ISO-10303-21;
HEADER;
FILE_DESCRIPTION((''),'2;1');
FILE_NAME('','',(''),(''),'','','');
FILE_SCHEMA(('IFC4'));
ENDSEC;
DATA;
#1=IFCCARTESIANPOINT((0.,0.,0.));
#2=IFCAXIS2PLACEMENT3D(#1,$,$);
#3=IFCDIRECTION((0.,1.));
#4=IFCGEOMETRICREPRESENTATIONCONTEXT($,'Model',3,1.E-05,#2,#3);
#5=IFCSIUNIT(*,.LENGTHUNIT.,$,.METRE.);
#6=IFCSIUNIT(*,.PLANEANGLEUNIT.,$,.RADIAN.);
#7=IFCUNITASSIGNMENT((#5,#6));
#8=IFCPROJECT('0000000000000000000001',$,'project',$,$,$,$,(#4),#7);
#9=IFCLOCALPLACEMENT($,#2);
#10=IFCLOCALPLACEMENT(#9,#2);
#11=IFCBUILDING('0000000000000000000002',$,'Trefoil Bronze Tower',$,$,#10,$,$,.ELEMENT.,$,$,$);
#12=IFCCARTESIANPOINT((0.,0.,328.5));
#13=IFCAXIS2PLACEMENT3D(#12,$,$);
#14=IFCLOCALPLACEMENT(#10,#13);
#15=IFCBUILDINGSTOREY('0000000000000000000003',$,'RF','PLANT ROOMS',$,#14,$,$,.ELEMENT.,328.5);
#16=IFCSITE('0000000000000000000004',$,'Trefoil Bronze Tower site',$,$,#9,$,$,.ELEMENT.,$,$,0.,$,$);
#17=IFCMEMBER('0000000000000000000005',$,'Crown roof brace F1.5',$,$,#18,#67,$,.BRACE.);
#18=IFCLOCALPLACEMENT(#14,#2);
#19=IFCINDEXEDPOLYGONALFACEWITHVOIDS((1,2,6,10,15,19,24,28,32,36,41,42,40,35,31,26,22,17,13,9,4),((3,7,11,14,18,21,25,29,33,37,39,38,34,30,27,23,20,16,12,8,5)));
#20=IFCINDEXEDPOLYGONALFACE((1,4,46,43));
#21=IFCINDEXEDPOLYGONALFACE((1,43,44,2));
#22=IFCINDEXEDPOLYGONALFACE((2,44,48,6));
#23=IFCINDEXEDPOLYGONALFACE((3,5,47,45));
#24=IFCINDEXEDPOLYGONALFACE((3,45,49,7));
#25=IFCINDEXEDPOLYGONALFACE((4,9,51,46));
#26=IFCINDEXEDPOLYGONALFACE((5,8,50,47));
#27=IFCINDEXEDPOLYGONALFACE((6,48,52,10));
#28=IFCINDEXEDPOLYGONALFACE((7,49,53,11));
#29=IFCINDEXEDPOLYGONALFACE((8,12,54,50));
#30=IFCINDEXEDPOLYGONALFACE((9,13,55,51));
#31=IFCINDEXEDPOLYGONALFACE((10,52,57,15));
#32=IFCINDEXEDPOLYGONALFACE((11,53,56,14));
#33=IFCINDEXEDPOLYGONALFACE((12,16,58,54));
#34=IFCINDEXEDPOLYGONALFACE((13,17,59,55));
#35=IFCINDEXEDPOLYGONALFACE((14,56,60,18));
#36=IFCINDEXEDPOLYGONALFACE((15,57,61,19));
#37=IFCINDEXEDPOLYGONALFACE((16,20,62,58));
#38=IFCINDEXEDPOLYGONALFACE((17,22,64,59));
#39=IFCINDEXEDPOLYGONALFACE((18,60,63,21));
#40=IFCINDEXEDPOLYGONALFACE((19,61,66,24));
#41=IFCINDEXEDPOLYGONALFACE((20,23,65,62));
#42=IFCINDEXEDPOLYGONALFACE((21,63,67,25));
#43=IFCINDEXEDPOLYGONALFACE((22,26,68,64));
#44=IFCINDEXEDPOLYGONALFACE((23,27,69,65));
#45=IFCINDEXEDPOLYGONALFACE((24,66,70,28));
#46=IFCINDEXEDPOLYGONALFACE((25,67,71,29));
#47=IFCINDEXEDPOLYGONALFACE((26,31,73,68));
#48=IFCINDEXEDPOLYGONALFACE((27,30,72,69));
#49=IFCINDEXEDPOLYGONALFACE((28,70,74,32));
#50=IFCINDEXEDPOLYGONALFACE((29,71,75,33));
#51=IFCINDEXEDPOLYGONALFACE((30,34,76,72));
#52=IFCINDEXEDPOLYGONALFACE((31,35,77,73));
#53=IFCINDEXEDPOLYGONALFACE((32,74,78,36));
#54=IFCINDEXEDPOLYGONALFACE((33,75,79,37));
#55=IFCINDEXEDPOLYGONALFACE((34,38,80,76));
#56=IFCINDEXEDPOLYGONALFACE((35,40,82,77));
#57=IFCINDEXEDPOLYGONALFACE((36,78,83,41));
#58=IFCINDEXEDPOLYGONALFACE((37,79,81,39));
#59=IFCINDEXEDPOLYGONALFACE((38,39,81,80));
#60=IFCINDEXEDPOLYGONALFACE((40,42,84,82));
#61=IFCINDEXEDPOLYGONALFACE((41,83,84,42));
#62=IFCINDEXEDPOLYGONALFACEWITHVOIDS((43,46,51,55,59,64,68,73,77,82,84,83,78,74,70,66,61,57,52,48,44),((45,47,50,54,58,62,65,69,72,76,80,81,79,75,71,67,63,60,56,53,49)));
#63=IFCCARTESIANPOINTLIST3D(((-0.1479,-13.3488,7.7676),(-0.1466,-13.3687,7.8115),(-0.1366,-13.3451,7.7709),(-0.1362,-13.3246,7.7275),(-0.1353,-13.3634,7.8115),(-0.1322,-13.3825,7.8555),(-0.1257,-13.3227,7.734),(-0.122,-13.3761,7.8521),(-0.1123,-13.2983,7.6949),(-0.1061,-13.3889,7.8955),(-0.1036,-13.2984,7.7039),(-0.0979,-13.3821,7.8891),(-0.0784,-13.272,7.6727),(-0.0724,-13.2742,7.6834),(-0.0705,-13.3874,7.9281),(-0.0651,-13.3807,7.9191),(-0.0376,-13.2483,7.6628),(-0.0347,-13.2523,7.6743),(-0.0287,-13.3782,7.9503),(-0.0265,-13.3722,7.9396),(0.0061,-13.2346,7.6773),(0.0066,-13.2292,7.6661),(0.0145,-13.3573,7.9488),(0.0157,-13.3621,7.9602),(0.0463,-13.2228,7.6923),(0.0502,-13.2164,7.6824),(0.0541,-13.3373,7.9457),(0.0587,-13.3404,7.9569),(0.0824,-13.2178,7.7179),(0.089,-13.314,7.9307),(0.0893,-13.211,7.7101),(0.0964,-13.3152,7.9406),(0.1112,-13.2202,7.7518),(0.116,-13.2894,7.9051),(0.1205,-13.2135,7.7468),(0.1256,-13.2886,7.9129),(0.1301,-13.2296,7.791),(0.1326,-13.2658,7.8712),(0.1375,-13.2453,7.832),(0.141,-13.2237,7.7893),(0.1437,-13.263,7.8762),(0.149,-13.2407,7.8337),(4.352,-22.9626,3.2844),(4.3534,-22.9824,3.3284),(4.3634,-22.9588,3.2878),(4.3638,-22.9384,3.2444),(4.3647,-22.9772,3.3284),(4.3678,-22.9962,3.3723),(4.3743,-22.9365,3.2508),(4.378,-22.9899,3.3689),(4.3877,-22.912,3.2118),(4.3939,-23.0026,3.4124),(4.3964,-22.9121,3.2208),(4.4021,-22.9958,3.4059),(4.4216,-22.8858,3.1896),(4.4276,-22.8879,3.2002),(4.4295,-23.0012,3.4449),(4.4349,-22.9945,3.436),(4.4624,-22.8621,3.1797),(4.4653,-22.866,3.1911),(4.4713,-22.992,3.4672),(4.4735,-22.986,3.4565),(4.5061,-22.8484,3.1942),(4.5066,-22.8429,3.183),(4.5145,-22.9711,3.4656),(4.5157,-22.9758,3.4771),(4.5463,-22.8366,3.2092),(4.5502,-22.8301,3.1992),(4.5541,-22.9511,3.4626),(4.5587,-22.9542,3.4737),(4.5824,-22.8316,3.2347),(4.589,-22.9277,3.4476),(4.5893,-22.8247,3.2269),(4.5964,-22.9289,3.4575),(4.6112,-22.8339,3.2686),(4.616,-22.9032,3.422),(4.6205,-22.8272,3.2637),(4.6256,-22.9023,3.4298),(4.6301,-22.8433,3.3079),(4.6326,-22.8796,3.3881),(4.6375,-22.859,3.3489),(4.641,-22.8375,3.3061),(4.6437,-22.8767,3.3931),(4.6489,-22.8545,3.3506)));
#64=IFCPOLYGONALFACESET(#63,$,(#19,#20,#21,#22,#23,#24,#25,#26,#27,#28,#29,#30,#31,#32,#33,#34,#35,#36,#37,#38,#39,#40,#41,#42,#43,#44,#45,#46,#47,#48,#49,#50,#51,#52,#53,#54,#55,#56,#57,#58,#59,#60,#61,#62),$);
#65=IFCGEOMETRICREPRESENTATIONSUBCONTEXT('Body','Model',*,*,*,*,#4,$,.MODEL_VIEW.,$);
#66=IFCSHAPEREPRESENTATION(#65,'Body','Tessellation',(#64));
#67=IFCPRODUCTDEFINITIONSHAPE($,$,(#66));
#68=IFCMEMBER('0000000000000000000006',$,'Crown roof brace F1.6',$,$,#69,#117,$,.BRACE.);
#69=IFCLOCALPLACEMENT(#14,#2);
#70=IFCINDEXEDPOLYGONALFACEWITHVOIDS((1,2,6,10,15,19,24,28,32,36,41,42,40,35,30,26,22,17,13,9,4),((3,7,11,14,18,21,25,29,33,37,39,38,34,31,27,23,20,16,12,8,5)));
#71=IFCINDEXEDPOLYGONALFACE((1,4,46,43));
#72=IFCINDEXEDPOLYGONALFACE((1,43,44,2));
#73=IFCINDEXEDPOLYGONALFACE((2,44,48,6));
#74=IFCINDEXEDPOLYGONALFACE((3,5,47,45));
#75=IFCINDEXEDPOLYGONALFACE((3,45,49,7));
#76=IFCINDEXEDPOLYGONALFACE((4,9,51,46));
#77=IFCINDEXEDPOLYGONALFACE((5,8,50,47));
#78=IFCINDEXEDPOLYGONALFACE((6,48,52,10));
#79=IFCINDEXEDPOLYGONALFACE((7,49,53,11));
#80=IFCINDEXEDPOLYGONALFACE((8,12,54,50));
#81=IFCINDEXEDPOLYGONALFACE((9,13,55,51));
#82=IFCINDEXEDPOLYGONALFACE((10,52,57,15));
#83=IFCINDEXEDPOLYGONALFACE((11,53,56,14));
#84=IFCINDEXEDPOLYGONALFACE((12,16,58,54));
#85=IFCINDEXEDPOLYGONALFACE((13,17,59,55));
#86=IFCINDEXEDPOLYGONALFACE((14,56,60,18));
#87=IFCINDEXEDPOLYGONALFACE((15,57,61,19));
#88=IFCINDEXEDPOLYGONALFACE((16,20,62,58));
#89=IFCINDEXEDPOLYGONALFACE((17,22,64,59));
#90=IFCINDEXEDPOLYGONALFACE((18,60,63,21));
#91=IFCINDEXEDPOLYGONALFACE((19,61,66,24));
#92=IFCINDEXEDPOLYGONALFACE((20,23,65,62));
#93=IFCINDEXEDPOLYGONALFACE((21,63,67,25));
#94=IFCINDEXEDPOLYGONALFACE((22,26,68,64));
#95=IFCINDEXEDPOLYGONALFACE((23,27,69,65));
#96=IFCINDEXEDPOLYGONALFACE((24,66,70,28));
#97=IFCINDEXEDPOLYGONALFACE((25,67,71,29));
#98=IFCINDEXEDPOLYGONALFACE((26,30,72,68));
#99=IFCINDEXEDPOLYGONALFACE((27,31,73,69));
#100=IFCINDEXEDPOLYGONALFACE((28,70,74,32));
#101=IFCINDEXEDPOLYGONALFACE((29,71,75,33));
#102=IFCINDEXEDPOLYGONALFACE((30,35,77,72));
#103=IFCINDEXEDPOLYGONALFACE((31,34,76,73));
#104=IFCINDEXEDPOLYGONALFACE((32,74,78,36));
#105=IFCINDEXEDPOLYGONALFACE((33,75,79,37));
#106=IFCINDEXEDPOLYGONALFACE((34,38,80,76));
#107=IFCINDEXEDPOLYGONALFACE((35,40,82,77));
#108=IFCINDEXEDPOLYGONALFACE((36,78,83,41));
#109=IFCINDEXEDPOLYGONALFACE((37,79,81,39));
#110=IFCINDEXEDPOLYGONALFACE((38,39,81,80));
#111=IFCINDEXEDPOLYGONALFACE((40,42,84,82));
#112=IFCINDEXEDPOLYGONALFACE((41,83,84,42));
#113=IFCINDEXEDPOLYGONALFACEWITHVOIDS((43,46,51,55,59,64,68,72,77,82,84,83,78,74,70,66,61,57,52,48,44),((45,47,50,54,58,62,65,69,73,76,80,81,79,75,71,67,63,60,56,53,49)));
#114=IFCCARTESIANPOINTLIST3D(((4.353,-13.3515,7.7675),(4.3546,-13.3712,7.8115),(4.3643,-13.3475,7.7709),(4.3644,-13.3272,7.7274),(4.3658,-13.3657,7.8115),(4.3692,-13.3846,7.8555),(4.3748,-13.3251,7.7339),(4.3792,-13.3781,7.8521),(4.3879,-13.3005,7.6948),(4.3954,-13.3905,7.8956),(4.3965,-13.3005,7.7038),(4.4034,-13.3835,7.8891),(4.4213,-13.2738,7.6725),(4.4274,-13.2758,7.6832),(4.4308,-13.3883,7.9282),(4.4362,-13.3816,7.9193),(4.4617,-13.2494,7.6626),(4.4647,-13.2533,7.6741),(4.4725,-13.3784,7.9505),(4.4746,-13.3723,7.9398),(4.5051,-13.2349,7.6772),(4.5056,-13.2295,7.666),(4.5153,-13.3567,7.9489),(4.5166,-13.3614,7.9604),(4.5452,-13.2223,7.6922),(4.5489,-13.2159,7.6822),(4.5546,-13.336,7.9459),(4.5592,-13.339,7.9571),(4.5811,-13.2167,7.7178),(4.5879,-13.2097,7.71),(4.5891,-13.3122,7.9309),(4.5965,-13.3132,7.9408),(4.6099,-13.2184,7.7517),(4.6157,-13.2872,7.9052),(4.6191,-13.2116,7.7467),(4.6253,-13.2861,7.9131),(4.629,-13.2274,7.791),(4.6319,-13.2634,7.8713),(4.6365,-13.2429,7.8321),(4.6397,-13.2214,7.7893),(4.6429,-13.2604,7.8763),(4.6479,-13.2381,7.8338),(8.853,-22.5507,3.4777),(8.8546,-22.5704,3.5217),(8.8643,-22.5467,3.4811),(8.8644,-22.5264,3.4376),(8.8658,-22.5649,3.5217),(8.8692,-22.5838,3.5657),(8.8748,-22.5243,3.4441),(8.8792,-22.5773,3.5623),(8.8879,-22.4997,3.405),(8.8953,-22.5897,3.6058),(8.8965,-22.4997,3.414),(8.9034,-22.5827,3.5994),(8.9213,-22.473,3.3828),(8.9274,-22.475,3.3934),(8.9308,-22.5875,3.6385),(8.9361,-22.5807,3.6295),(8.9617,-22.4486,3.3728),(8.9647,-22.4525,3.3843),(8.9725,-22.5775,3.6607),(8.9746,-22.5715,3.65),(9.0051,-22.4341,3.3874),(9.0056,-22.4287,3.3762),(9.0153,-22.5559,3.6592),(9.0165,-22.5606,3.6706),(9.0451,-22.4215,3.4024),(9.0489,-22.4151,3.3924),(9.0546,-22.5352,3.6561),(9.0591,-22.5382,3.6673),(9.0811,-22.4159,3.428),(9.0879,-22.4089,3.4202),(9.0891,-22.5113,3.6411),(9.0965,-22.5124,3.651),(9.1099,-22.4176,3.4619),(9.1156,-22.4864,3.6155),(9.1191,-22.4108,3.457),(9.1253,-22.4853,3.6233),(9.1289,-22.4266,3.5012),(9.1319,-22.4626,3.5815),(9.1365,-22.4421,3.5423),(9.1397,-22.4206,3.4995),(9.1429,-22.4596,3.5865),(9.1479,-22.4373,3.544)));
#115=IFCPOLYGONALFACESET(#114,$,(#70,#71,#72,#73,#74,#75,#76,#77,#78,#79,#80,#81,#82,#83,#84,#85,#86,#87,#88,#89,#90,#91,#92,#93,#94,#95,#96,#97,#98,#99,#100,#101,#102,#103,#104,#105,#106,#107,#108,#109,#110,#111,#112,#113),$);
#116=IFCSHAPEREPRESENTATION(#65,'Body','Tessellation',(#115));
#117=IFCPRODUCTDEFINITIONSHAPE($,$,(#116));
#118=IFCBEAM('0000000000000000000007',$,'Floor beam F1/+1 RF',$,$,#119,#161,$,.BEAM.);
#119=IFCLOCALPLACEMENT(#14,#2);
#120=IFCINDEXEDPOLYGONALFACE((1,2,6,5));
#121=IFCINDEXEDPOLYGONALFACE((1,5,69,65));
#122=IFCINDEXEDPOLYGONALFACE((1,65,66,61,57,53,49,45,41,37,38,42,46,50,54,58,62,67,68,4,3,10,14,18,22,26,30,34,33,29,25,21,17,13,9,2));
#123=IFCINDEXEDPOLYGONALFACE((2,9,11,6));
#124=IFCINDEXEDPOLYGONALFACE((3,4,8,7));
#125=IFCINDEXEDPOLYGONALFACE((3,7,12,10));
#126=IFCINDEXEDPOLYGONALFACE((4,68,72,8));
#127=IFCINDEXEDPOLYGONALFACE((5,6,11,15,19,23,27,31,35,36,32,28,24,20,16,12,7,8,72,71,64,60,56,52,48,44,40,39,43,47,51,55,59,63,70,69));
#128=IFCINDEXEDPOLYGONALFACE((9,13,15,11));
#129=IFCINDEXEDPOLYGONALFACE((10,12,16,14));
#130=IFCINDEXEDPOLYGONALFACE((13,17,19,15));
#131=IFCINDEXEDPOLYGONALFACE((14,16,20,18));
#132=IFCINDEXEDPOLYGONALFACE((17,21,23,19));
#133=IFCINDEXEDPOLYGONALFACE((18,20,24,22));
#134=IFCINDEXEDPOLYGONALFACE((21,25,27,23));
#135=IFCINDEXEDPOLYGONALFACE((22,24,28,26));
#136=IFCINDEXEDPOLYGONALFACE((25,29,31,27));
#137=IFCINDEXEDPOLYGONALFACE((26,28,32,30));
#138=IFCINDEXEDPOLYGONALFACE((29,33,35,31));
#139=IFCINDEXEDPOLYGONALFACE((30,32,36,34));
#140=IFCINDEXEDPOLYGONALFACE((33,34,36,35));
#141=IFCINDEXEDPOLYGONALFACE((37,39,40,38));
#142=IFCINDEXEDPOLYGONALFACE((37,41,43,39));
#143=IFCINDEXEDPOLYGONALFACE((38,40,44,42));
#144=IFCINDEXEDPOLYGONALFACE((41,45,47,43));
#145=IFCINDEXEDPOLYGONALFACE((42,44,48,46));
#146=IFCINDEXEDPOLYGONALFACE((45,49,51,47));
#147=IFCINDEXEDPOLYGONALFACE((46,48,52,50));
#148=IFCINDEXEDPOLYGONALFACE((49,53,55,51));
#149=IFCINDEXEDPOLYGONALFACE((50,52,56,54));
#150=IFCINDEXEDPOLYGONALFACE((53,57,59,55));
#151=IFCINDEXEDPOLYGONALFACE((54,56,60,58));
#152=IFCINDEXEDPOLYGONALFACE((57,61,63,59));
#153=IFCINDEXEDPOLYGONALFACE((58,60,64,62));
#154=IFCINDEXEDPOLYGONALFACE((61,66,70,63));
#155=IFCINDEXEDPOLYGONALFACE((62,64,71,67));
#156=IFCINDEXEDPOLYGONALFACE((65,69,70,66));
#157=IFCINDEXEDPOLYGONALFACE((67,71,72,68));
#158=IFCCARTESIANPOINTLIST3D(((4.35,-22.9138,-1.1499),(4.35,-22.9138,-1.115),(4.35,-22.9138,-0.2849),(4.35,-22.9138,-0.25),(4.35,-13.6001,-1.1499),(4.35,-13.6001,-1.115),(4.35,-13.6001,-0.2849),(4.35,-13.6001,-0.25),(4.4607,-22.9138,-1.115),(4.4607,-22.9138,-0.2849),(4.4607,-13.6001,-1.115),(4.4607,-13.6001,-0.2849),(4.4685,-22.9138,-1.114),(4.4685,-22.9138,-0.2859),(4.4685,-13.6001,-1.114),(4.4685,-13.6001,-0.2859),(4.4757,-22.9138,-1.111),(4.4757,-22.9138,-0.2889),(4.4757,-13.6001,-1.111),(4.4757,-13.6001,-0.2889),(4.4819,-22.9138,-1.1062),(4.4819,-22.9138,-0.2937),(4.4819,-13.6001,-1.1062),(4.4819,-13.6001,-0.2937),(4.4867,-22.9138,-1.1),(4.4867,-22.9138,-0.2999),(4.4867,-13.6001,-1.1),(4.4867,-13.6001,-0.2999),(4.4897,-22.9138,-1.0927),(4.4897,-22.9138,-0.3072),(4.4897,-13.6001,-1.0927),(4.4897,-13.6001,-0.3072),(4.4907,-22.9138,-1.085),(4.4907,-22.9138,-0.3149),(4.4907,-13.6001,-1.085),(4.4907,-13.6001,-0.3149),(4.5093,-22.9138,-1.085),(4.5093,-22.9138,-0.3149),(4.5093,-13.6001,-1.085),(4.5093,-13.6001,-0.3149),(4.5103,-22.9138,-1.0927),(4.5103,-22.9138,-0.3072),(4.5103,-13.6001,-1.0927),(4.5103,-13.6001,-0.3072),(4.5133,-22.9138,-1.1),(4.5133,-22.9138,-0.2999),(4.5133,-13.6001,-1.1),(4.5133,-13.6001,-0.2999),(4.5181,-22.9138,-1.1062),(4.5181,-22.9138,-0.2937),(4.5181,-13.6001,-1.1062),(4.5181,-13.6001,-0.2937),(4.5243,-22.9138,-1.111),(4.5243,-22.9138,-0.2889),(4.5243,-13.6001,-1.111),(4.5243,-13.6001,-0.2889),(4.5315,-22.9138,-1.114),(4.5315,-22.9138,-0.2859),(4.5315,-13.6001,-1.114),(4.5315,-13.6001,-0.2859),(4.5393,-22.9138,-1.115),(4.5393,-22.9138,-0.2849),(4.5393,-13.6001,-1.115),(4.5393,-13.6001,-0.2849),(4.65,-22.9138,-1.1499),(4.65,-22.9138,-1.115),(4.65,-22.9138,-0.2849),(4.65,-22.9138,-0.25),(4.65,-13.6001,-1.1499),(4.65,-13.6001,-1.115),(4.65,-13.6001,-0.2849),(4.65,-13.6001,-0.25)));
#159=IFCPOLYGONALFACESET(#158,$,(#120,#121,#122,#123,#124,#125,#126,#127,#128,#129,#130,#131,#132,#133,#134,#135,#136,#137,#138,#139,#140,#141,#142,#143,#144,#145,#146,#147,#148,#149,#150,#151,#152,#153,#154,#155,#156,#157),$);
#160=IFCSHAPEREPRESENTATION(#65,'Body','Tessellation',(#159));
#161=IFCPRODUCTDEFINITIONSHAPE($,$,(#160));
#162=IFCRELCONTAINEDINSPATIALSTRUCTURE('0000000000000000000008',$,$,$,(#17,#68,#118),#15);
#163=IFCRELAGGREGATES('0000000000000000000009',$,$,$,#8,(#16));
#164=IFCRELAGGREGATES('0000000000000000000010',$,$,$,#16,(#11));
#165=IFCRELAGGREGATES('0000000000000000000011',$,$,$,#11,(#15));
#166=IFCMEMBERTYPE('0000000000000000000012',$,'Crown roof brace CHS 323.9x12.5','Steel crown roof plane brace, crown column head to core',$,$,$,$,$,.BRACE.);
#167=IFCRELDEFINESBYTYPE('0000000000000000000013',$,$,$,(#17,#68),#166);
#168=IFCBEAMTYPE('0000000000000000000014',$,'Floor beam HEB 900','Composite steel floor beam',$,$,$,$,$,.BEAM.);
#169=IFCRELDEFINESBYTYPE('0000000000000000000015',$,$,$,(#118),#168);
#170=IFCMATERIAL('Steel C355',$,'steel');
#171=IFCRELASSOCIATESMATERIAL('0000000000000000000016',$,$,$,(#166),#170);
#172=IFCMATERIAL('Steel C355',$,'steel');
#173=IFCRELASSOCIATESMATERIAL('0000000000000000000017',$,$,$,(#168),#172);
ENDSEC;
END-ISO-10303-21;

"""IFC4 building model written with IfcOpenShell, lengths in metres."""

from ifc_helpers import new_model, si_unit, direction, frame, origin, origin_2d, place, context, subcontext, project, spatial, hollow_circle, i_section, extrude, material, material_profile, profile_set, type_object, element, save


model = new_model("IFC4")

# Units and contexts
model_context = context("Model", 3, precision=1e-05, world=origin(), true_north=direction((0.0, 1.0)))
body_context = subcontext(model_context, "Body", "Model", "MODEL_VIEW")
ifc_project = project(units=[si_unit("LENGTHUNIT", "METRE"), si_unit("PLANEANGLEUNIT", "RADIAN")], contexts=[model_context])

# Site, building, storey
site_placement = place(None, origin())
site = spatial("IfcSite", under=ifc_project, at=site_placement, Name="Trefoil Bronze Tower site", CompositionType="ELEMENT", RefElevation=0.0)
building_placement = place(site_placement, origin())
building = spatial("IfcBuilding", under=site, at=building_placement, Name="Trefoil Bronze Tower", CompositionType="ELEMENT")
storey_placement = place(building_placement, frame((0.0, 0.0, 328.5)))
storey = spatial("IfcBuildingStorey", under=building, at=storey_placement, Name="RF", Description="PLANT ROOMS", CompositionType="ELEMENT", Elevation=328.5)

# Members
ifc_material_1 = material(Name="Steel C355", Category="steel")
ifc_material_profile_1 = material_profile(ifc_material_1, hollow_circle(Radius=0.1619, WallThickness=0.0125, at=origin_2d()), Name="CHS 323.9x12.5")
ifc_profile_set_1 = profile_set([ifc_material_profile_1], Name="Steel C355")
member_type = type_object("IfcMemberType", Name="Crown roof brace CHS 323.9x12.5", Description="Steel crown roof plane brace, crown column head to core", PredefinedType="BRACE", material=ifc_profile_set_1)
member_1_placement = place(storey_placement, frame((4.5, -22.9138, 3.3284), z_axis=(-0.390533, 0.834331, 0.389071), x_axis=(-0.905692, -0.423935, 0.0)))
element("IfcMember", 1, at=member_1_placement, inside=storey, type_object=member_type, Name="Crown roof brace F1.5", PredefinedType="BRACE", context=body_context, shape_type="SweptSolid", body=[
    extrude(hollow_circle(Radius=0.1619, WallThickness=0.0125, at=origin_2d()), origin(), (0.0, 0.0, 1.0), 11.5227),
])
member_2_placement = place(storey_placement, frame((9.0, -22.4993, 3.5217), z_axis=(-0.405294, 0.82853, 0.386361), x_axis=(-0.898284, -0.439415, 0.0)))
element("IfcMember", 2, at=member_2_placement, inside=storey, type_object=member_type, Name="Crown roof brace F1.6", PredefinedType="BRACE", context=body_context, shape_type="SweptSolid", body=[
    extrude(hollow_circle(Radius=0.1619, WallThickness=0.0125, at=origin_2d()), origin(), (0.0, 0.0, 1.0), 11.103),
])

# Beam
ifc_material_2 = material(Name="Steel C355", Category="steel")
ifc_material_profile_2 = material_profile(ifc_material_2, i_section(OverallWidth=0.3, OverallDepth=0.8999, WebThickness=0.0186, FlangeThickness=0.0349, FilletRadius=0.03, at=origin_2d()), Name="HEB 900")
ifc_profile_set_2 = profile_set([ifc_material_profile_2], Name="Steel C355")
beam_type_1 = type_object("IfcBeamType", Name="Floor beam HEB 900", Description="Composite steel floor beam", PredefinedType="BEAM", material=ifc_profile_set_2)
beam_1_placement = place(storey_placement, frame((4.5, -22.9138, -0.7), z_axis=(0.0, 1.0, 0.0), x_axis=(-1.0, 0.0, 0.0)))
element("IfcBeam", 3, at=beam_1_placement, inside=storey, type_object=beam_type_1, Name="Floor beam F1/+1 RF", PredefinedType="BEAM", context=body_context, shape_type="SweptSolid", body=[
    extrude(i_section(OverallWidth=0.3, OverallDepth=0.8999, WebThickness=0.0186, FlangeThickness=0.0349, FilletRadius=0.03, at=origin_2d()), origin(), (0.0, 0.0, 1.0), 9.3137),
])

save(model, "model.ifc")
